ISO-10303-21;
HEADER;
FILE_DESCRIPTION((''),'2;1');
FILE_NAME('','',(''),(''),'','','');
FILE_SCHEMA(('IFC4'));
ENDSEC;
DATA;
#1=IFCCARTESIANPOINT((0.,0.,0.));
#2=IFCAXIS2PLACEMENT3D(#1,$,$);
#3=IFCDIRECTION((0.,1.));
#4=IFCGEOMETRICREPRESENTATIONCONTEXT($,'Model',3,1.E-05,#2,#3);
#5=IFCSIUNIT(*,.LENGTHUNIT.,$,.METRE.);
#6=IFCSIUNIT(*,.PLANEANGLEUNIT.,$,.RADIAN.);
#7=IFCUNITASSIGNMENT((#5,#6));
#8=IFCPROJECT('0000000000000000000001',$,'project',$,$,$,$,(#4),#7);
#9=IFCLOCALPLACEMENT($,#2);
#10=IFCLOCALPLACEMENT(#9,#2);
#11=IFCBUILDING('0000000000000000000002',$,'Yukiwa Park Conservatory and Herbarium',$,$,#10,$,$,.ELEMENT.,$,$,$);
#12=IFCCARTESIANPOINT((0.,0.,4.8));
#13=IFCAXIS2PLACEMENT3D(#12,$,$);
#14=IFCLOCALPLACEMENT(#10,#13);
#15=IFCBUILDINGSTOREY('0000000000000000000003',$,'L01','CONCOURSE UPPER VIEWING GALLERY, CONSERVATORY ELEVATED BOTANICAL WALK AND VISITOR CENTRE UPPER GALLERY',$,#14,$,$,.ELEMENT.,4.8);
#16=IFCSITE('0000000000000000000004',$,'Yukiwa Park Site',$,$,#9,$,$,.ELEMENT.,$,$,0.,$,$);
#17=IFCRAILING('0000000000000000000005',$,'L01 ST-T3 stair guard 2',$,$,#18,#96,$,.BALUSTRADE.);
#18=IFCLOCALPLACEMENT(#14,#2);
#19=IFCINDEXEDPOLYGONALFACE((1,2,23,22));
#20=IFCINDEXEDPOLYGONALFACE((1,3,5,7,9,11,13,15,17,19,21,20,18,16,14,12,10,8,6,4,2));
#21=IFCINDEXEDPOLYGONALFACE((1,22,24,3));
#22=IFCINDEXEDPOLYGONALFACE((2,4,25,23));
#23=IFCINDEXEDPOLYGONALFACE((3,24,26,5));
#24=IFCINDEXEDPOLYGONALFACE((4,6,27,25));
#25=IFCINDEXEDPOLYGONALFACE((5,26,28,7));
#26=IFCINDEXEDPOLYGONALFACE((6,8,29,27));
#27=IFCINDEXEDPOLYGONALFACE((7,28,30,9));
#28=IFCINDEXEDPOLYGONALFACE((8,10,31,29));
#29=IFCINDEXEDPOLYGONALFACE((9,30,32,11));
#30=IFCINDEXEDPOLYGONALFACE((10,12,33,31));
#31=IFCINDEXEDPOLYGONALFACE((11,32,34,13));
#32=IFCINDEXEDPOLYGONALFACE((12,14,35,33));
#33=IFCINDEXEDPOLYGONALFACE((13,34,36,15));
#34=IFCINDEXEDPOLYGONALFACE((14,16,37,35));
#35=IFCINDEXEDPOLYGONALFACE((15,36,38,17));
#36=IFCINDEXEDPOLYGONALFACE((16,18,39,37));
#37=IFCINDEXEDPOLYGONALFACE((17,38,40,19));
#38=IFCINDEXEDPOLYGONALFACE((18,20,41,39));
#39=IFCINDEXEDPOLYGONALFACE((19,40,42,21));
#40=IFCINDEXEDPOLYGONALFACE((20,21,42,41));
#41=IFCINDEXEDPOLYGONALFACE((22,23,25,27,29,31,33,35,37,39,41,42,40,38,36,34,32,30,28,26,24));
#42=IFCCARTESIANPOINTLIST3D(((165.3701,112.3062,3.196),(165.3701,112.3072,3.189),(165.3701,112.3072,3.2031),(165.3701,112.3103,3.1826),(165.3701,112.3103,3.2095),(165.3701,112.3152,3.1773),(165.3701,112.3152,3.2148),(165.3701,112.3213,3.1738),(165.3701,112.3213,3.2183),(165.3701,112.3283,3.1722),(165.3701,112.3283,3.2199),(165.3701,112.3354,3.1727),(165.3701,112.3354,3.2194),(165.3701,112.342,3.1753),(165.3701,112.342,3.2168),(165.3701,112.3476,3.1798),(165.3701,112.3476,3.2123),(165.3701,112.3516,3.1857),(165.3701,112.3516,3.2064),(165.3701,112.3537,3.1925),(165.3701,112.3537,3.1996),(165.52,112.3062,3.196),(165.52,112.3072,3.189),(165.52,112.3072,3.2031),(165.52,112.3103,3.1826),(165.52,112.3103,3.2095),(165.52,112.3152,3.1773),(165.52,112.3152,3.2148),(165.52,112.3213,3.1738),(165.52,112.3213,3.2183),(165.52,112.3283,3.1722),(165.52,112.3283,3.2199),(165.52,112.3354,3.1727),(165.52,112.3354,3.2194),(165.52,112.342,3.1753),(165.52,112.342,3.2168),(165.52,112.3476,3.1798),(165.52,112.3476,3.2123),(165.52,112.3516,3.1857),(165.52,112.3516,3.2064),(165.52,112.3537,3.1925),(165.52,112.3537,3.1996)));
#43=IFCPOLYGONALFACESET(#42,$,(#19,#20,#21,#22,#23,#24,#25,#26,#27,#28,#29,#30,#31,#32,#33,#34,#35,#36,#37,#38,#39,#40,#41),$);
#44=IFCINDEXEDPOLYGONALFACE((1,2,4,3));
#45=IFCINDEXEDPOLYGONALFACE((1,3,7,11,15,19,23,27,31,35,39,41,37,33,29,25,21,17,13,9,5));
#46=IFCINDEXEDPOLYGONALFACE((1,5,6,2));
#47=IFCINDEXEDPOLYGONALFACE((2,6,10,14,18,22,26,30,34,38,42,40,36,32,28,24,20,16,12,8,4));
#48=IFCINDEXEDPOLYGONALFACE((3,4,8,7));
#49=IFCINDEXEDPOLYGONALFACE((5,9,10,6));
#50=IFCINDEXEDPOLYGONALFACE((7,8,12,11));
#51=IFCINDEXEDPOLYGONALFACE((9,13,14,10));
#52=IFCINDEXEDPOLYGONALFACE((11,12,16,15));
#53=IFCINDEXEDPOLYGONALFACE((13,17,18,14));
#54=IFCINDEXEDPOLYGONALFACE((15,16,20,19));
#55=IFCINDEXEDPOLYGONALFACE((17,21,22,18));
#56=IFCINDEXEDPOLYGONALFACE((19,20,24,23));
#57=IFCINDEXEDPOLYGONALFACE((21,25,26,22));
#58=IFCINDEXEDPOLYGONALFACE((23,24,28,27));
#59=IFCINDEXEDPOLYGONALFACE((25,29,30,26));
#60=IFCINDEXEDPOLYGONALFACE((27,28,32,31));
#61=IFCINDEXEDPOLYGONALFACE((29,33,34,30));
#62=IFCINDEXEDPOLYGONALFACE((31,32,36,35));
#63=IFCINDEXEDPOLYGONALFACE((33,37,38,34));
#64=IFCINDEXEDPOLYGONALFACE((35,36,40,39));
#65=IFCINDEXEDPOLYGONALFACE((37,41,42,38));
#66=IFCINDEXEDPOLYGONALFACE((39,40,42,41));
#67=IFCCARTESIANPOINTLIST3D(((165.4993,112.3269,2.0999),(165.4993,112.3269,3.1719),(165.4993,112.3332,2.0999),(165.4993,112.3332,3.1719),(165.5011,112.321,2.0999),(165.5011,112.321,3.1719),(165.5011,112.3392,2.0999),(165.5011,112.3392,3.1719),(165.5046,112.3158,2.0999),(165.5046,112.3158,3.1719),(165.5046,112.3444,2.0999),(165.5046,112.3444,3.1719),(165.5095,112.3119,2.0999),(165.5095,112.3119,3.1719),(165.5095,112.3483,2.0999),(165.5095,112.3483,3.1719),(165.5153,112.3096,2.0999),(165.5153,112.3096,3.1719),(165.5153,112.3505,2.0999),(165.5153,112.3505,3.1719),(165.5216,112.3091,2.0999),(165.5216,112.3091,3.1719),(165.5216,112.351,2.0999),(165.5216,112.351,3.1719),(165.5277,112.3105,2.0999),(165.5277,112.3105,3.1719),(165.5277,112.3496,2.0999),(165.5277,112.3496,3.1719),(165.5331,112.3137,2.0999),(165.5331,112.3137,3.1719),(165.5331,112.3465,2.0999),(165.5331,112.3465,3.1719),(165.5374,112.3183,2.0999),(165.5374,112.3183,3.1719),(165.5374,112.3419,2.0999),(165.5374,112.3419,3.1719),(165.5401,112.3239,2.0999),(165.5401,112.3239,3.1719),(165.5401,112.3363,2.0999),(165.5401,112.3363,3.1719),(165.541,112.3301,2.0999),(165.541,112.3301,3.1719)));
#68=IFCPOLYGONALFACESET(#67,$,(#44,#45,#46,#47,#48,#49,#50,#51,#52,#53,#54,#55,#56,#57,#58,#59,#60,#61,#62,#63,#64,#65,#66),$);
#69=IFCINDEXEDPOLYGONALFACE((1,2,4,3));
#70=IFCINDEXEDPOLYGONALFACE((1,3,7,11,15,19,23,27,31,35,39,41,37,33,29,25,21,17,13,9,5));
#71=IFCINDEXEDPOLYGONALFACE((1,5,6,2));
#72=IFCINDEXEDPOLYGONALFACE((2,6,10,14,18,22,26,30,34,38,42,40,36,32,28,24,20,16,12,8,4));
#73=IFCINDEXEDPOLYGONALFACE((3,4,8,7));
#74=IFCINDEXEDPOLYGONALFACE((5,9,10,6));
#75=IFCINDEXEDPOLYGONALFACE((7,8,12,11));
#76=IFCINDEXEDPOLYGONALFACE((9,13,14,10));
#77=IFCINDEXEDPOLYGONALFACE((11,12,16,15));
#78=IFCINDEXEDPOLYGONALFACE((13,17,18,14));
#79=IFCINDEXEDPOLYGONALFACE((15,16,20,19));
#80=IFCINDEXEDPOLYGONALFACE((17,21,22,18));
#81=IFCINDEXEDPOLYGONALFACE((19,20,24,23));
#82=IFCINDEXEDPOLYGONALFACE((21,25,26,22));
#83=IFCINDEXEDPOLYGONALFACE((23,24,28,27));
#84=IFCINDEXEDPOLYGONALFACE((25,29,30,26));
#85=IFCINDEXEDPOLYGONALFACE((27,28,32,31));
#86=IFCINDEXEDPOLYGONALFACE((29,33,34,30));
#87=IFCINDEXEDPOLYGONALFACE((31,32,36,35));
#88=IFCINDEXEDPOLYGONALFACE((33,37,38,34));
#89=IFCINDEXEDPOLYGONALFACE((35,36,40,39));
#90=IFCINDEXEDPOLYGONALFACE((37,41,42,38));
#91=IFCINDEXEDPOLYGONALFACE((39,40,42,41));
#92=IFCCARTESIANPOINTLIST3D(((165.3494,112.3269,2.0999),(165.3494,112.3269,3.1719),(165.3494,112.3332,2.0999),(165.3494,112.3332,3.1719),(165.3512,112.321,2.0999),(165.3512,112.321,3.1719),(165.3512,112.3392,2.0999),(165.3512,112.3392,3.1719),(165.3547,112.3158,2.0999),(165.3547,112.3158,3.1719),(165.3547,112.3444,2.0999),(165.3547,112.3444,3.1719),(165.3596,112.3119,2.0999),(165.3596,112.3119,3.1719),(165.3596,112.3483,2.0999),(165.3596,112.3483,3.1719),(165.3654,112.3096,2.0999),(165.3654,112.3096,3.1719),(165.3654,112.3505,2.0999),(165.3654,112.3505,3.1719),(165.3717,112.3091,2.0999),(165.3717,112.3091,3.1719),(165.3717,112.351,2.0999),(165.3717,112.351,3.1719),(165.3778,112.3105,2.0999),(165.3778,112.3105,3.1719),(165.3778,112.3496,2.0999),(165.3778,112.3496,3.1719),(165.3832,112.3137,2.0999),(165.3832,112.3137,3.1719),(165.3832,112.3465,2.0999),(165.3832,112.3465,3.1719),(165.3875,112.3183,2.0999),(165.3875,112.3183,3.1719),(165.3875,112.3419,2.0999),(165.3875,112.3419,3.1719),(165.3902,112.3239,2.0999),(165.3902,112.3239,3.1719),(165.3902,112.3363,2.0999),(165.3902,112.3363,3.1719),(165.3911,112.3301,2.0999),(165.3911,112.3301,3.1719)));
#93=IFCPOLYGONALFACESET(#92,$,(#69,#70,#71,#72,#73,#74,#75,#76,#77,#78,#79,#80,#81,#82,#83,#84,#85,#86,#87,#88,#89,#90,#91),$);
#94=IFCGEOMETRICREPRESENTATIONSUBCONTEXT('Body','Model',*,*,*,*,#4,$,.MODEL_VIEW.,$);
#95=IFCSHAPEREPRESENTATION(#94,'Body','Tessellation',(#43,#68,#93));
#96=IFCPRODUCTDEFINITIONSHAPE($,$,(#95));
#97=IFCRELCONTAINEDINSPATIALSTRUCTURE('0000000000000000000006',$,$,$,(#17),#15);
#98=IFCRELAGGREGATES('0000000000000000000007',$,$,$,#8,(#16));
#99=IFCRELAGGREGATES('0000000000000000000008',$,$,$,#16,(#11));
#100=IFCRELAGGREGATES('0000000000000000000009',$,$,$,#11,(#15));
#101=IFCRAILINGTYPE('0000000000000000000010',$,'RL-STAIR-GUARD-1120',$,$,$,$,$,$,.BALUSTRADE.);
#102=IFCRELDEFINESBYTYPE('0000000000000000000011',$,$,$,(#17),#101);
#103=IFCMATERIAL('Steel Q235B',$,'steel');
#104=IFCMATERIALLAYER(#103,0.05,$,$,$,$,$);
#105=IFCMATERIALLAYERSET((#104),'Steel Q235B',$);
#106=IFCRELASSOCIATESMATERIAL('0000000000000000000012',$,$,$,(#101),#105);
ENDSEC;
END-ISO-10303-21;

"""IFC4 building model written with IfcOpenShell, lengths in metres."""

from ifc_helpers import new_model, si_unit, direction, frame, origin, origin_2d, place, context, subcontext, project, spatial, circle, extrude, material, layer, layer_set, type_object, element, save


model = new_model("IFC4")

# Units and contexts
model_context = context("Model", 3, precision=1e-05, world=origin(), true_north=direction((0.0, 1.0)))
body_context = subcontext(model_context, "Body", "Model", "MODEL_VIEW")
ifc_project = project(units=[si_unit("LENGTHUNIT", "METRE"), si_unit("PLANEANGLEUNIT", "RADIAN")], contexts=[model_context])

# Site, building, storey
site_placement = place(None, origin())
site = spatial("IfcSite", under=ifc_project, at=site_placement, Name="Yukiwa Park Site", CompositionType="ELEMENT", RefElevation=0.0)
building_placement = place(site_placement, origin())
building = spatial("IfcBuilding", under=site, at=building_placement, Name="Yukiwa Park Conservatory and Herbarium", CompositionType="ELEMENT")
storey_placement = place(building_placement, frame((0.0, 0.0, 4.8)))
storey = spatial("IfcBuildingStorey", under=building, at=storey_placement, Name="L01", Description="CONCOURSE UPPER VIEWING GALLERY, CONSERVATORY ELEVATED BOTANICAL WALK AND VISITOR CENTRE UPPER GALLERY", CompositionType="ELEMENT", Elevation=4.8)

# Railing
ifc_material_1 = material(Name="Steel Q235B", Category="steel")
ifc_layer_1 = layer(ifc_material_1, 0.05)
ifc_layer_set_1 = layer_set([ifc_layer_1], Name="Steel Q235B")
railing_type_1 = type_object("IfcRailingType", Name="RL-STAIR-GUARD-1120", PredefinedType="BALUSTRADE", material=ifc_layer_set_1)
railing_1_placement = place(storey_placement, frame((165.52, 112.3301, 2.0999)))
element("IfcRailing", 1, at=railing_1_placement, inside=storey, type_object=railing_type_1, Name="L01 ST-T3 stair guard 2", PredefinedType="BALUSTRADE", context=body_context, shape_type="SweptSolid", body=[
    extrude(circle(Radius=0.0239, at=origin_2d()), frame((0.0, 0.0, 1.0962), z_axis=(-1.0, 0.0, 0.0), x_axis=(0.0, -1.0, 0.0)), (0.0, 0.0, 1.0), 0.1499),
    extrude(circle(Radius=0.021, at=origin_2d()), origin(), (0.0, 0.0, 1.0), 1.072),
    extrude(circle(Radius=0.021, at=origin_2d()), frame((-0.1499, 0.0, 0.0)), (0.0, 0.0, 1.0), 1.072),
])

save(model, "model.ifc")
